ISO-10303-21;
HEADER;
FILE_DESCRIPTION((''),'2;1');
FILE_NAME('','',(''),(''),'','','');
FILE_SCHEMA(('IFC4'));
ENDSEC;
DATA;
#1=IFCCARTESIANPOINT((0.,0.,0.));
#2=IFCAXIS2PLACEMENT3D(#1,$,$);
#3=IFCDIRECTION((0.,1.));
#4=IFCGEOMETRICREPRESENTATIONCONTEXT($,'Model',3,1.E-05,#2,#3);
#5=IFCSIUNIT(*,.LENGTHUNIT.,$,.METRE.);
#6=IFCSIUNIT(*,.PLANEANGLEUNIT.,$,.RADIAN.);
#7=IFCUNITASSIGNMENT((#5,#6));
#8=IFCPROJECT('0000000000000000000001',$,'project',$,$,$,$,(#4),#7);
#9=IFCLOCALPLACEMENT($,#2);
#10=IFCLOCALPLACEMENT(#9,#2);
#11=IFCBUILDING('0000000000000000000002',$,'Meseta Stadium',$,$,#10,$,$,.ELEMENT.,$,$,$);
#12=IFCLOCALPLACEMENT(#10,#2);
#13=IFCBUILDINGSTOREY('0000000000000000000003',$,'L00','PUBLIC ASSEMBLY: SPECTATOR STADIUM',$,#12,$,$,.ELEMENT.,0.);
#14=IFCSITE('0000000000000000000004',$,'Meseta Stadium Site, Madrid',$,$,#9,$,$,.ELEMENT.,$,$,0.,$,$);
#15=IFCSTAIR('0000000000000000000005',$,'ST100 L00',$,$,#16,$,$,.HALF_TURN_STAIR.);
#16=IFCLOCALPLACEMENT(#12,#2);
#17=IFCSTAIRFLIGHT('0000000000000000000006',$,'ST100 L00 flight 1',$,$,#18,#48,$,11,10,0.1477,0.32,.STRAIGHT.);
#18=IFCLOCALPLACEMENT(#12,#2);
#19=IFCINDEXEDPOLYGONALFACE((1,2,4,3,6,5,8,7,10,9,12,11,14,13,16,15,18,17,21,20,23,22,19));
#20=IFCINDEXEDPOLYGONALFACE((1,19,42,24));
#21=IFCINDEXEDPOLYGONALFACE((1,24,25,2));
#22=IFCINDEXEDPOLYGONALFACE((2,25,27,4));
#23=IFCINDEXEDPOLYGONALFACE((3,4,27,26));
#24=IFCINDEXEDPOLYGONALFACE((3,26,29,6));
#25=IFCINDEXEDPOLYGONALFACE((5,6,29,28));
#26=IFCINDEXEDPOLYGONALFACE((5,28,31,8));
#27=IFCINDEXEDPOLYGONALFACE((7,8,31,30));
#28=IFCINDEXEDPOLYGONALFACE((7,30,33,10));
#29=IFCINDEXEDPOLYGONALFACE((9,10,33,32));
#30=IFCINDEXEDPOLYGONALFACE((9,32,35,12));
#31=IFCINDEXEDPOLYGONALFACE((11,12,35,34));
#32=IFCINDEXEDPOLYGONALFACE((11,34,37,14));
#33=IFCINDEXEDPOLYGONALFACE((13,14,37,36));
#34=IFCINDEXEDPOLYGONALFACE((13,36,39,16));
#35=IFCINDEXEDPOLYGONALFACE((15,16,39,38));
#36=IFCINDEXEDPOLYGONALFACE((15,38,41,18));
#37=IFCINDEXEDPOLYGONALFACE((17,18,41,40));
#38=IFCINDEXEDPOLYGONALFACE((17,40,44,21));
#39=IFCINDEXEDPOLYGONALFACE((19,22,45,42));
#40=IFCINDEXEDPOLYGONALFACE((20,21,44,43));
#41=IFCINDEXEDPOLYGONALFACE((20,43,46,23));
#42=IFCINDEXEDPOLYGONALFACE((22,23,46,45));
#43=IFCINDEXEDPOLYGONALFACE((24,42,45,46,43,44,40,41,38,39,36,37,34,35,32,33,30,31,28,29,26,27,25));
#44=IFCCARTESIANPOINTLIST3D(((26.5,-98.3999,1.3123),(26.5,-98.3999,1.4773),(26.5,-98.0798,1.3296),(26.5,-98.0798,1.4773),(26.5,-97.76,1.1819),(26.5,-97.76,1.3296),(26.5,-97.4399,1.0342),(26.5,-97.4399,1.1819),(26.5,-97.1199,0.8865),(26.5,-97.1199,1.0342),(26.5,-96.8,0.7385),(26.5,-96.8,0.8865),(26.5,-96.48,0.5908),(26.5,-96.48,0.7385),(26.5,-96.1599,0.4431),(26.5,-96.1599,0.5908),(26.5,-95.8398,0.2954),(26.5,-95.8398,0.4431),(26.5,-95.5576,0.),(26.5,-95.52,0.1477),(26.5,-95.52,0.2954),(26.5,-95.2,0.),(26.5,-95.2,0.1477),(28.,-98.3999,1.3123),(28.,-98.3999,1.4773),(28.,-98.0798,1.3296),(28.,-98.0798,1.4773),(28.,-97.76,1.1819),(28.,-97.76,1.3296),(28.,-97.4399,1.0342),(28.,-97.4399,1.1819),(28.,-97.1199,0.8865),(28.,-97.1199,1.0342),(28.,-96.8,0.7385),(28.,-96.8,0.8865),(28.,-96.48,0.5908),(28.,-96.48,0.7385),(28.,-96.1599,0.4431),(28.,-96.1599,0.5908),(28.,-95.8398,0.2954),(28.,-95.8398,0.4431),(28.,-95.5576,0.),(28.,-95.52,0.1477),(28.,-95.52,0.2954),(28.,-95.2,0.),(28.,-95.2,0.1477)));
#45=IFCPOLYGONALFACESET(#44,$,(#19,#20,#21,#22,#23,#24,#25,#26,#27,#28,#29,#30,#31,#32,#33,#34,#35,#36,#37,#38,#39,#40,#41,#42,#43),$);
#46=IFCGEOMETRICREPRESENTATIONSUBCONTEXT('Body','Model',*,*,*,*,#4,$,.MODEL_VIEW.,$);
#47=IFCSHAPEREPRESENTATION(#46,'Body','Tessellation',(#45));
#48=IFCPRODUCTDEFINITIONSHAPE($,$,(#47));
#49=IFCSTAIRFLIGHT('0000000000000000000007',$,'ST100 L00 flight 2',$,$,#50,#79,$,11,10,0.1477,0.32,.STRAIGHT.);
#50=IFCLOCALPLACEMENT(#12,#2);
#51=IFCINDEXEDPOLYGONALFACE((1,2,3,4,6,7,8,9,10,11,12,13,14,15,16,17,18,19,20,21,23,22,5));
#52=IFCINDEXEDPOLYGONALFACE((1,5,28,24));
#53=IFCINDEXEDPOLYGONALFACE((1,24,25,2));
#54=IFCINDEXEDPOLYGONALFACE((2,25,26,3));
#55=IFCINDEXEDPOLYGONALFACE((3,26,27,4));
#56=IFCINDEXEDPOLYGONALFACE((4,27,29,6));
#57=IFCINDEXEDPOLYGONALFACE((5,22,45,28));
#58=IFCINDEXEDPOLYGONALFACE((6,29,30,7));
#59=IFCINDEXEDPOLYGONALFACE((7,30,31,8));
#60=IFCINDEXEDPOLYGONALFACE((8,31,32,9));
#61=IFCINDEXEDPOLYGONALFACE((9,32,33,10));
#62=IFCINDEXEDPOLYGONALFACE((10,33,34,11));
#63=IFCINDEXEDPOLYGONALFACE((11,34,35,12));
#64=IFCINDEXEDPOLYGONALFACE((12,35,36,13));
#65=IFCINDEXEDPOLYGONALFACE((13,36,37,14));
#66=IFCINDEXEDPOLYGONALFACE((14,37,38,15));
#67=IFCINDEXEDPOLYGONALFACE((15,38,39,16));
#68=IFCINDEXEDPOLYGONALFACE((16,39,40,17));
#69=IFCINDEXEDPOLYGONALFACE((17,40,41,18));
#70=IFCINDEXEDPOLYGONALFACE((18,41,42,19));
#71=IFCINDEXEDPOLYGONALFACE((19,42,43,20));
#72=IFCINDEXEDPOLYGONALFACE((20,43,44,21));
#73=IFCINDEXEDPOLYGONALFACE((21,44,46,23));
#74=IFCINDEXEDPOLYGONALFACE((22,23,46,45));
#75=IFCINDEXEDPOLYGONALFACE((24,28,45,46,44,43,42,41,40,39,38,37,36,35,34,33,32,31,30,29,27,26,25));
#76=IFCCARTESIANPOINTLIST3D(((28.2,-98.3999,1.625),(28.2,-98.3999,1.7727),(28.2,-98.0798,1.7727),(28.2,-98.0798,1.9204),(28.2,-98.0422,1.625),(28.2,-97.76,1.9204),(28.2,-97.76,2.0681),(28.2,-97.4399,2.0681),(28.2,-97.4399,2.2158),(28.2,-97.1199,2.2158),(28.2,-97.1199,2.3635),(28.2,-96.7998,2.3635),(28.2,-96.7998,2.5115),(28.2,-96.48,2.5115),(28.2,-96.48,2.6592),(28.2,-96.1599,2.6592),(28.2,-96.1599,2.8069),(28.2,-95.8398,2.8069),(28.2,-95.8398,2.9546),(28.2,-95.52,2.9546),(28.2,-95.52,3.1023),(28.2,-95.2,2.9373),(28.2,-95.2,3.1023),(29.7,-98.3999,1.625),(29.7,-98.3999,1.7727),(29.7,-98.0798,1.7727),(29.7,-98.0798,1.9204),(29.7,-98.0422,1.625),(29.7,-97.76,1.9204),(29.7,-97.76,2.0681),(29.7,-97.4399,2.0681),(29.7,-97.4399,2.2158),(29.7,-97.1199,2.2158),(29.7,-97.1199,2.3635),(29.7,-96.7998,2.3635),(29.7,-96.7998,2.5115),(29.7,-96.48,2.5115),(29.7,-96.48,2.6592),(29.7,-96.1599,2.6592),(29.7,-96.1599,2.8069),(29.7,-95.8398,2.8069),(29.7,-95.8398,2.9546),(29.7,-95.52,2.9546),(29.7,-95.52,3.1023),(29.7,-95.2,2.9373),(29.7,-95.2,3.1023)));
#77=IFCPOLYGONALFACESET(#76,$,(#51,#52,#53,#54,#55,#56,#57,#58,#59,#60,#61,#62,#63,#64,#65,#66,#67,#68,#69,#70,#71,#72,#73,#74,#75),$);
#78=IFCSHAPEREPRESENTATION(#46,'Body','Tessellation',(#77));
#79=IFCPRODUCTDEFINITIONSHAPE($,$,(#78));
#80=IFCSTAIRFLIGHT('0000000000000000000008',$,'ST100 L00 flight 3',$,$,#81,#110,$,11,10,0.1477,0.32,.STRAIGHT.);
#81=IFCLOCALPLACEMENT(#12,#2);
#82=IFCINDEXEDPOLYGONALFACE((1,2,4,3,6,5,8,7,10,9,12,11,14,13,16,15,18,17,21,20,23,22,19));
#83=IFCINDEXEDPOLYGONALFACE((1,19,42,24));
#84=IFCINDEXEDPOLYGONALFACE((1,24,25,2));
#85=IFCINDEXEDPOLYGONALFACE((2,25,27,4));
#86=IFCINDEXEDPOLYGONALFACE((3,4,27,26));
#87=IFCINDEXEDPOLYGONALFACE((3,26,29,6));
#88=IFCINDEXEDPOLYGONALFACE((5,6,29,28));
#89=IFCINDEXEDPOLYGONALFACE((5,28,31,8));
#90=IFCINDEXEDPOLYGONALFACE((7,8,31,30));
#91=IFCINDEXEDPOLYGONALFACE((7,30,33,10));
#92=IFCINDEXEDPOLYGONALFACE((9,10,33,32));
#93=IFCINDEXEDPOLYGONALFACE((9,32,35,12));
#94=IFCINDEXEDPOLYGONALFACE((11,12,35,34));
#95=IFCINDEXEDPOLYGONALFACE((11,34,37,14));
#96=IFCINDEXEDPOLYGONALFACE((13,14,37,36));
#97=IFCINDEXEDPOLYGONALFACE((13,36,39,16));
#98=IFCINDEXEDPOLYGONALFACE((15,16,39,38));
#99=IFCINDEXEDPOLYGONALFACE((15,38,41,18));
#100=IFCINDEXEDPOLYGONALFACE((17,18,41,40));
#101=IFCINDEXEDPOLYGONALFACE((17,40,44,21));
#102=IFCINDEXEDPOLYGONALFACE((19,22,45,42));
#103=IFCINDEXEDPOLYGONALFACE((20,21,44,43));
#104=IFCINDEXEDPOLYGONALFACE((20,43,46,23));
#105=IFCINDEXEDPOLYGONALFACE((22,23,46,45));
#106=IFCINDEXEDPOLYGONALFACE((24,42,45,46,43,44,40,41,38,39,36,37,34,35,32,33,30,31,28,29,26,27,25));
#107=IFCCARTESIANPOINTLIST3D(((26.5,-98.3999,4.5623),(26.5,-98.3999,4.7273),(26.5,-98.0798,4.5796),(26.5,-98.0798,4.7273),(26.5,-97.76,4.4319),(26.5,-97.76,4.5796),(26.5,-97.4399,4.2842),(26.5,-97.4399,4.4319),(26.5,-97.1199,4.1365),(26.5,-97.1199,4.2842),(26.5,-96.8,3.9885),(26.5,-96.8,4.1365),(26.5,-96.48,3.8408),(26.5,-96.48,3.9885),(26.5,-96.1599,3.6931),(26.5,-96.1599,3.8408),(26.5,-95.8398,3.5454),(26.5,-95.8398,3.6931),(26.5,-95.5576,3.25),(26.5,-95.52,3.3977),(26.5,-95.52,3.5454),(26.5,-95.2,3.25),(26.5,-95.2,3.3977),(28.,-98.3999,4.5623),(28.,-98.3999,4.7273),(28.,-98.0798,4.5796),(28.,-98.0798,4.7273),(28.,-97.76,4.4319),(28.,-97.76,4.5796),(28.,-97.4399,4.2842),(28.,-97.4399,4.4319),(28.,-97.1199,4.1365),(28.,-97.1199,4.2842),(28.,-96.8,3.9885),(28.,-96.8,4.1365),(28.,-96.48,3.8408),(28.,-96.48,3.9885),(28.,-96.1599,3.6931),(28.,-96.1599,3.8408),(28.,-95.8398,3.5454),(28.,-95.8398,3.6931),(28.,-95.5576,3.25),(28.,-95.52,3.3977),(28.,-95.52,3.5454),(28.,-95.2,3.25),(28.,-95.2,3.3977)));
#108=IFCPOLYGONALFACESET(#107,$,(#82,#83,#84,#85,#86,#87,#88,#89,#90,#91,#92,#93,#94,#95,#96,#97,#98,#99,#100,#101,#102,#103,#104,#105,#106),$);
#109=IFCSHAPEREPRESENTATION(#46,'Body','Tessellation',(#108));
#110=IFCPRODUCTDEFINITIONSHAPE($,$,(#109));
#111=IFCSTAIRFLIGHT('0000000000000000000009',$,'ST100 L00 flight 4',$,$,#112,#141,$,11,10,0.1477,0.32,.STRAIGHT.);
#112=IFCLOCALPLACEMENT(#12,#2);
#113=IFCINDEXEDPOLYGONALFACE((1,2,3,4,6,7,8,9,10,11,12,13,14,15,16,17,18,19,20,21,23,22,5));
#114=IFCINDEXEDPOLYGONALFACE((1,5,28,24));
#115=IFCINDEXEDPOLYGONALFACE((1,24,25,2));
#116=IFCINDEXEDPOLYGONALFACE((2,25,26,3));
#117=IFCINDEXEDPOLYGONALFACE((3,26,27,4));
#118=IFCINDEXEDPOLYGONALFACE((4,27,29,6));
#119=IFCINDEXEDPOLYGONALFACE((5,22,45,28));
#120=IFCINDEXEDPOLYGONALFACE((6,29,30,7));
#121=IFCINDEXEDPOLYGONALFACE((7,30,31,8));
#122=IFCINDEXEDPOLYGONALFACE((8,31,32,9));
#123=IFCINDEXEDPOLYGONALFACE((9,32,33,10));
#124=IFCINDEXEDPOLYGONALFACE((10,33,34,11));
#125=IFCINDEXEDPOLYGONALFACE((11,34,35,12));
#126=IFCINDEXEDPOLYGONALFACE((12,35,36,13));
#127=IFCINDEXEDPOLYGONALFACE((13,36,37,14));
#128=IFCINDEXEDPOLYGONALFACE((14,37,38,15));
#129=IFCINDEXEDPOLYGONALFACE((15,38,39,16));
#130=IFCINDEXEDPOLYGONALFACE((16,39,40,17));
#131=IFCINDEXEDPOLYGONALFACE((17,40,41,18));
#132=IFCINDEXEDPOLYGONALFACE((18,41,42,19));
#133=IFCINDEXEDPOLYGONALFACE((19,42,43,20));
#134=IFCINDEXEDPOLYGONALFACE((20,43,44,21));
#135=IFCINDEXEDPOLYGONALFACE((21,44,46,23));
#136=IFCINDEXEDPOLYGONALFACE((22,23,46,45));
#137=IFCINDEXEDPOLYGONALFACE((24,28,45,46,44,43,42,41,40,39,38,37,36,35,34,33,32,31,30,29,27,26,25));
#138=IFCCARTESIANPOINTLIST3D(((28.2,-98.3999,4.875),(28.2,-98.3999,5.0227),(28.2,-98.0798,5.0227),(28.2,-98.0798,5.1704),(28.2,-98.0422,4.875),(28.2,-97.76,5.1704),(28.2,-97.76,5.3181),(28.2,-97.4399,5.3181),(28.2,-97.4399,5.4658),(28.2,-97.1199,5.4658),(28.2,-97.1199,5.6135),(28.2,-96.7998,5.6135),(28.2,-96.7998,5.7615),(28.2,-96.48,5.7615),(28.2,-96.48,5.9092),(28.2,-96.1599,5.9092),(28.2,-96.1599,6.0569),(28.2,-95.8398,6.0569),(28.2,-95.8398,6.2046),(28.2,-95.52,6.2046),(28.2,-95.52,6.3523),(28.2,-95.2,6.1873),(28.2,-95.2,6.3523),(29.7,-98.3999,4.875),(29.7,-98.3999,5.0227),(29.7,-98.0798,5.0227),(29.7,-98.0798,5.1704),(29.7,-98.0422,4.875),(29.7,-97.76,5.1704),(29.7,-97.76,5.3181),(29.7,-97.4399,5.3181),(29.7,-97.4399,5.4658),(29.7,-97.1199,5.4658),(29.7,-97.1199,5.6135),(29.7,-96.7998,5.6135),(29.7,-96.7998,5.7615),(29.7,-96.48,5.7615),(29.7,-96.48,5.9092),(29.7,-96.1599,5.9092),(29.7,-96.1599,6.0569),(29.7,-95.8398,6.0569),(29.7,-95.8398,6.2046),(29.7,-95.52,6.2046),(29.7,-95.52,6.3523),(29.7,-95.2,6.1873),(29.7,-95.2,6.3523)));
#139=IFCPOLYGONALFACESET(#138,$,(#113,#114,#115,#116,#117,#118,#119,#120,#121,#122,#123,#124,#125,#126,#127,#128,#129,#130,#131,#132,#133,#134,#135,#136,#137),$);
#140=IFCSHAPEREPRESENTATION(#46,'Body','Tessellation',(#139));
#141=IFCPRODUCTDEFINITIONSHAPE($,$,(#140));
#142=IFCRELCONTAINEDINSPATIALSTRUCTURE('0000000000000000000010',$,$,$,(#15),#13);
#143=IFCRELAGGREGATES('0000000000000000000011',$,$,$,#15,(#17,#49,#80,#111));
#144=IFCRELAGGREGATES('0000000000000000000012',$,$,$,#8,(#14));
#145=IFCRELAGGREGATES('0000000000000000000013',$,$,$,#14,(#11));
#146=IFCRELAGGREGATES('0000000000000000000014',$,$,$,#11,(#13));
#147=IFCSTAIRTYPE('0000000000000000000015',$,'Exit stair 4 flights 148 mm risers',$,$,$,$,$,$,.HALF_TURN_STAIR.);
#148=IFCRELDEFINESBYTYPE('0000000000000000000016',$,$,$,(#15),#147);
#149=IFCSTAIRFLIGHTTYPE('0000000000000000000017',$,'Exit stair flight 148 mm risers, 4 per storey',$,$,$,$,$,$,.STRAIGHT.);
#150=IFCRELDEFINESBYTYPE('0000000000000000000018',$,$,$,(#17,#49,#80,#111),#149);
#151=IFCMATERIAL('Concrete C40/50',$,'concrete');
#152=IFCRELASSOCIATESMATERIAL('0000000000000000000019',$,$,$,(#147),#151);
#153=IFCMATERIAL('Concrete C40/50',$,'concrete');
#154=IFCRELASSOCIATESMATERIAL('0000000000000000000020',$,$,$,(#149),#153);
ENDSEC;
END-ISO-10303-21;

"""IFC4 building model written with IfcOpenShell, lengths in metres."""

from ifc_helpers import new_model, si_unit, direction, frame, origin, place, context, subcontext, project, spatial, polyline, outline, extrude, material, type_object, element, aggregate, save


model = new_model("IFC4")

# Units and contexts
model_context = context("Model", 3, precision=1e-05, world=origin(), true_north=direction((0.0, 1.0)))
body_context = subcontext(model_context, "Body", "Model", "MODEL_VIEW")
ifc_project = project(units=[si_unit("LENGTHUNIT", "METRE"), si_unit("PLANEANGLEUNIT", "RADIAN")], contexts=[model_context])

# Site, building, storey
site_placement = place(None, origin())
site = spatial("IfcSite", under=ifc_project, at=site_placement, Name="Meseta Stadium Site, Madrid", CompositionType="ELEMENT", RefElevation=0.0)
building_placement = place(site_placement, origin())
building = spatial("IfcBuilding", under=site, at=building_placement, Name="Meseta Stadium", CompositionType="ELEMENT")
storey_placement = place(building_placement, origin())
storey = spatial("IfcBuildingStorey", under=building, at=storey_placement, Name="L00", Description="PUBLIC ASSEMBLY: SPECTATOR STADIUM", CompositionType="ELEMENT", Elevation=0.0)

# Stair, stair flights
ifc_material_1 = material(Name="Concrete C40/50", Category="concrete")
stair_type = type_object("IfcStairType", Name="Exit stair 4 flights 148 mm risers", PredefinedType="HALF_TURN_STAIR", material=ifc_material_1)
ifc_material_2 = material(Name="Concrete C40/50", Category="concrete")
stair_flight_type = type_object("IfcStairFlightType", Name="Exit stair flight 148 mm risers, 4 per storey", PredefinedType="STRAIGHT", material=ifc_material_2)
stair_1_placement = place(storey_placement, origin())
stair_1 = element("IfcStair", 1, at=stair_1_placement, inside=storey, type_object=stair_type, Name="ST100 L00", PredefinedType="HALF_TURN_STAIR")
stair_flight_1_placement = place(storey_placement, frame((27.25, -95.2, 0.0), z_axis=(0.0, 0.0, 1.0), x_axis=(0.0, -1.0, 0.0)))
stair_flight_1 = element("IfcStairFlight", 2, at=stair_flight_1_placement, type_object=stair_flight_type, Name="ST100 L00 flight 1", NumberOfRisers=11, NumberOfTreads=10, PredefinedType="STRAIGHT", RiserHeight=0.1477, TreadLength=0.32, context=body_context, shape_type="SweptSolid", body=[
    extrude(outline(polyline([(0.0, 0.0), (0.0, 0.1477), (0.3201, 0.1477), (0.3201, 0.2954), (0.6399, 0.2954), (0.6399, 0.4431), (0.96, 0.4431), (0.96, 0.5908), (1.28, 0.5908), (1.28, 0.7385), (1.6001, 0.7385), (1.6001, 0.8865), (1.9199, 0.8865), (1.9199, 1.0342), (2.24, 1.0342), (2.24, 1.1819), (2.5601, 1.1819), (2.5601, 1.3296), (2.8799, 1.3296), (2.8799, 1.4773), (3.2, 1.4773), (3.2, 1.3123), (0.3577, 0.0), (0.0, 0.0)])), frame((0.0, 0.75, 0.0), z_axis=(0.0, -1.0, 0.0), x_axis=(1.0, 0.0, 0.0)), (0.0, 0.0, 1.0), 1.5),
])
stair_flight_2_placement = place(storey_placement, frame((28.95, -98.3999, 1.625), z_axis=(0.0, 0.0, 1.0), x_axis=(0.0, 1.0, 0.0)))
stair_flight_2 = element("IfcStairFlight", 3, at=stair_flight_2_placement, type_object=stair_flight_type, Name="ST100 L00 flight 2", NumberOfRisers=11, NumberOfTreads=10, PredefinedType="STRAIGHT", RiserHeight=0.1477, TreadLength=0.32, context=body_context, shape_type="SweptSolid", body=[
    extrude(outline(polyline([(0.0, 0.0), (0.0, 0.1477), (0.3201, 0.1477), (0.3201, 0.2954), (0.6399, 0.2954), (0.6399, 0.4431), (0.96, 0.4431), (0.96, 0.5908), (1.28, 0.5908), (1.28, 0.7385), (1.6001, 0.7385), (1.6001, 0.8865), (1.9199, 0.8865), (1.9199, 1.0342), (2.24, 1.0342), (2.24, 1.1819), (2.5601, 1.1819), (2.5601, 1.3296), (2.8799, 1.3296), (2.8799, 1.4773), (3.2, 1.4773), (3.2, 1.3123), (0.3577, 0.0), (0.0, 0.0)])), frame((0.0, 0.75, 0.0), z_axis=(0.0, -1.0, 0.0), x_axis=(1.0, 0.0, 0.0)), (0.0, 0.0, 1.0), 1.5),
])
stair_flight_3_placement = place(storey_placement, frame((27.25, -95.2, 3.25), z_axis=(0.0, 0.0, 1.0), x_axis=(0.0, -1.0, 0.0)))
stair_flight_3 = element("IfcStairFlight", 4, at=stair_flight_3_placement, type_object=stair_flight_type, Name="ST100 L00 flight 3", NumberOfRisers=11, NumberOfTreads=10, PredefinedType="STRAIGHT", RiserHeight=0.1477, TreadLength=0.32, context=body_context, shape_type="SweptSolid", body=[
    extrude(outline(polyline([(0.0, 0.0), (0.0, 0.1477), (0.3201, 0.1477), (0.3201, 0.2954), (0.6399, 0.2954), (0.6399, 0.4431), (0.96, 0.4431), (0.96, 0.5908), (1.28, 0.5908), (1.28, 0.7385), (1.6001, 0.7385), (1.6001, 0.8865), (1.9199, 0.8865), (1.9199, 1.0342), (2.24, 1.0342), (2.24, 1.1819), (2.5601, 1.1819), (2.5601, 1.3296), (2.8799, 1.3296), (2.8799, 1.4773), (3.2, 1.4773), (3.2, 1.3123), (0.3577, 0.0), (0.0, 0.0)])), frame((0.0, 0.75, 0.0), z_axis=(0.0, -1.0, 0.0), x_axis=(1.0, 0.0, 0.0)), (0.0, 0.0, 1.0), 1.5),
])
stair_flight_4_placement = place(storey_placement, frame((28.95, -98.3999, 4.875), z_axis=(0.0, 0.0, 1.0), x_axis=(0.0, 1.0, 0.0)))
stair_flight_4 = element("IfcStairFlight", 5, at=stair_flight_4_placement, type_object=stair_flight_type, Name="ST100 L00 flight 4", NumberOfRisers=11, NumberOfTreads=10, PredefinedType="STRAIGHT", RiserHeight=0.1477, TreadLength=0.32, context=body_context, shape_type="SweptSolid", body=[
    extrude(outline(polyline([(0.0, 0.0), (0.0, 0.1477), (0.3201, 0.1477), (0.3201, 0.2954), (0.6399, 0.2954), (0.6399, 0.4431), (0.96, 0.4431), (0.96, 0.5908), (1.28, 0.5908), (1.28, 0.7385), (1.6001, 0.7385), (1.6001, 0.8865), (1.9199, 0.8865), (1.9199, 1.0342), (2.24, 1.0342), (2.24, 1.1819), (2.5601, 1.1819), (2.5601, 1.3296), (2.8799, 1.3296), (2.8799, 1.4773), (3.2, 1.4773), (3.2, 1.3123), (0.3577, 0.0), (0.0, 0.0)])), frame((0.0, 0.75, 0.0), z_axis=(0.0, -1.0, 0.0), x_axis=(1.0, 0.0, 0.0)), (0.0, 0.0, 1.0), 1.5),
])
aggregate(stair_1, [stair_flight_1, stair_flight_2, stair_flight_3, stair_flight_4])

save(model, "model.ifc")
